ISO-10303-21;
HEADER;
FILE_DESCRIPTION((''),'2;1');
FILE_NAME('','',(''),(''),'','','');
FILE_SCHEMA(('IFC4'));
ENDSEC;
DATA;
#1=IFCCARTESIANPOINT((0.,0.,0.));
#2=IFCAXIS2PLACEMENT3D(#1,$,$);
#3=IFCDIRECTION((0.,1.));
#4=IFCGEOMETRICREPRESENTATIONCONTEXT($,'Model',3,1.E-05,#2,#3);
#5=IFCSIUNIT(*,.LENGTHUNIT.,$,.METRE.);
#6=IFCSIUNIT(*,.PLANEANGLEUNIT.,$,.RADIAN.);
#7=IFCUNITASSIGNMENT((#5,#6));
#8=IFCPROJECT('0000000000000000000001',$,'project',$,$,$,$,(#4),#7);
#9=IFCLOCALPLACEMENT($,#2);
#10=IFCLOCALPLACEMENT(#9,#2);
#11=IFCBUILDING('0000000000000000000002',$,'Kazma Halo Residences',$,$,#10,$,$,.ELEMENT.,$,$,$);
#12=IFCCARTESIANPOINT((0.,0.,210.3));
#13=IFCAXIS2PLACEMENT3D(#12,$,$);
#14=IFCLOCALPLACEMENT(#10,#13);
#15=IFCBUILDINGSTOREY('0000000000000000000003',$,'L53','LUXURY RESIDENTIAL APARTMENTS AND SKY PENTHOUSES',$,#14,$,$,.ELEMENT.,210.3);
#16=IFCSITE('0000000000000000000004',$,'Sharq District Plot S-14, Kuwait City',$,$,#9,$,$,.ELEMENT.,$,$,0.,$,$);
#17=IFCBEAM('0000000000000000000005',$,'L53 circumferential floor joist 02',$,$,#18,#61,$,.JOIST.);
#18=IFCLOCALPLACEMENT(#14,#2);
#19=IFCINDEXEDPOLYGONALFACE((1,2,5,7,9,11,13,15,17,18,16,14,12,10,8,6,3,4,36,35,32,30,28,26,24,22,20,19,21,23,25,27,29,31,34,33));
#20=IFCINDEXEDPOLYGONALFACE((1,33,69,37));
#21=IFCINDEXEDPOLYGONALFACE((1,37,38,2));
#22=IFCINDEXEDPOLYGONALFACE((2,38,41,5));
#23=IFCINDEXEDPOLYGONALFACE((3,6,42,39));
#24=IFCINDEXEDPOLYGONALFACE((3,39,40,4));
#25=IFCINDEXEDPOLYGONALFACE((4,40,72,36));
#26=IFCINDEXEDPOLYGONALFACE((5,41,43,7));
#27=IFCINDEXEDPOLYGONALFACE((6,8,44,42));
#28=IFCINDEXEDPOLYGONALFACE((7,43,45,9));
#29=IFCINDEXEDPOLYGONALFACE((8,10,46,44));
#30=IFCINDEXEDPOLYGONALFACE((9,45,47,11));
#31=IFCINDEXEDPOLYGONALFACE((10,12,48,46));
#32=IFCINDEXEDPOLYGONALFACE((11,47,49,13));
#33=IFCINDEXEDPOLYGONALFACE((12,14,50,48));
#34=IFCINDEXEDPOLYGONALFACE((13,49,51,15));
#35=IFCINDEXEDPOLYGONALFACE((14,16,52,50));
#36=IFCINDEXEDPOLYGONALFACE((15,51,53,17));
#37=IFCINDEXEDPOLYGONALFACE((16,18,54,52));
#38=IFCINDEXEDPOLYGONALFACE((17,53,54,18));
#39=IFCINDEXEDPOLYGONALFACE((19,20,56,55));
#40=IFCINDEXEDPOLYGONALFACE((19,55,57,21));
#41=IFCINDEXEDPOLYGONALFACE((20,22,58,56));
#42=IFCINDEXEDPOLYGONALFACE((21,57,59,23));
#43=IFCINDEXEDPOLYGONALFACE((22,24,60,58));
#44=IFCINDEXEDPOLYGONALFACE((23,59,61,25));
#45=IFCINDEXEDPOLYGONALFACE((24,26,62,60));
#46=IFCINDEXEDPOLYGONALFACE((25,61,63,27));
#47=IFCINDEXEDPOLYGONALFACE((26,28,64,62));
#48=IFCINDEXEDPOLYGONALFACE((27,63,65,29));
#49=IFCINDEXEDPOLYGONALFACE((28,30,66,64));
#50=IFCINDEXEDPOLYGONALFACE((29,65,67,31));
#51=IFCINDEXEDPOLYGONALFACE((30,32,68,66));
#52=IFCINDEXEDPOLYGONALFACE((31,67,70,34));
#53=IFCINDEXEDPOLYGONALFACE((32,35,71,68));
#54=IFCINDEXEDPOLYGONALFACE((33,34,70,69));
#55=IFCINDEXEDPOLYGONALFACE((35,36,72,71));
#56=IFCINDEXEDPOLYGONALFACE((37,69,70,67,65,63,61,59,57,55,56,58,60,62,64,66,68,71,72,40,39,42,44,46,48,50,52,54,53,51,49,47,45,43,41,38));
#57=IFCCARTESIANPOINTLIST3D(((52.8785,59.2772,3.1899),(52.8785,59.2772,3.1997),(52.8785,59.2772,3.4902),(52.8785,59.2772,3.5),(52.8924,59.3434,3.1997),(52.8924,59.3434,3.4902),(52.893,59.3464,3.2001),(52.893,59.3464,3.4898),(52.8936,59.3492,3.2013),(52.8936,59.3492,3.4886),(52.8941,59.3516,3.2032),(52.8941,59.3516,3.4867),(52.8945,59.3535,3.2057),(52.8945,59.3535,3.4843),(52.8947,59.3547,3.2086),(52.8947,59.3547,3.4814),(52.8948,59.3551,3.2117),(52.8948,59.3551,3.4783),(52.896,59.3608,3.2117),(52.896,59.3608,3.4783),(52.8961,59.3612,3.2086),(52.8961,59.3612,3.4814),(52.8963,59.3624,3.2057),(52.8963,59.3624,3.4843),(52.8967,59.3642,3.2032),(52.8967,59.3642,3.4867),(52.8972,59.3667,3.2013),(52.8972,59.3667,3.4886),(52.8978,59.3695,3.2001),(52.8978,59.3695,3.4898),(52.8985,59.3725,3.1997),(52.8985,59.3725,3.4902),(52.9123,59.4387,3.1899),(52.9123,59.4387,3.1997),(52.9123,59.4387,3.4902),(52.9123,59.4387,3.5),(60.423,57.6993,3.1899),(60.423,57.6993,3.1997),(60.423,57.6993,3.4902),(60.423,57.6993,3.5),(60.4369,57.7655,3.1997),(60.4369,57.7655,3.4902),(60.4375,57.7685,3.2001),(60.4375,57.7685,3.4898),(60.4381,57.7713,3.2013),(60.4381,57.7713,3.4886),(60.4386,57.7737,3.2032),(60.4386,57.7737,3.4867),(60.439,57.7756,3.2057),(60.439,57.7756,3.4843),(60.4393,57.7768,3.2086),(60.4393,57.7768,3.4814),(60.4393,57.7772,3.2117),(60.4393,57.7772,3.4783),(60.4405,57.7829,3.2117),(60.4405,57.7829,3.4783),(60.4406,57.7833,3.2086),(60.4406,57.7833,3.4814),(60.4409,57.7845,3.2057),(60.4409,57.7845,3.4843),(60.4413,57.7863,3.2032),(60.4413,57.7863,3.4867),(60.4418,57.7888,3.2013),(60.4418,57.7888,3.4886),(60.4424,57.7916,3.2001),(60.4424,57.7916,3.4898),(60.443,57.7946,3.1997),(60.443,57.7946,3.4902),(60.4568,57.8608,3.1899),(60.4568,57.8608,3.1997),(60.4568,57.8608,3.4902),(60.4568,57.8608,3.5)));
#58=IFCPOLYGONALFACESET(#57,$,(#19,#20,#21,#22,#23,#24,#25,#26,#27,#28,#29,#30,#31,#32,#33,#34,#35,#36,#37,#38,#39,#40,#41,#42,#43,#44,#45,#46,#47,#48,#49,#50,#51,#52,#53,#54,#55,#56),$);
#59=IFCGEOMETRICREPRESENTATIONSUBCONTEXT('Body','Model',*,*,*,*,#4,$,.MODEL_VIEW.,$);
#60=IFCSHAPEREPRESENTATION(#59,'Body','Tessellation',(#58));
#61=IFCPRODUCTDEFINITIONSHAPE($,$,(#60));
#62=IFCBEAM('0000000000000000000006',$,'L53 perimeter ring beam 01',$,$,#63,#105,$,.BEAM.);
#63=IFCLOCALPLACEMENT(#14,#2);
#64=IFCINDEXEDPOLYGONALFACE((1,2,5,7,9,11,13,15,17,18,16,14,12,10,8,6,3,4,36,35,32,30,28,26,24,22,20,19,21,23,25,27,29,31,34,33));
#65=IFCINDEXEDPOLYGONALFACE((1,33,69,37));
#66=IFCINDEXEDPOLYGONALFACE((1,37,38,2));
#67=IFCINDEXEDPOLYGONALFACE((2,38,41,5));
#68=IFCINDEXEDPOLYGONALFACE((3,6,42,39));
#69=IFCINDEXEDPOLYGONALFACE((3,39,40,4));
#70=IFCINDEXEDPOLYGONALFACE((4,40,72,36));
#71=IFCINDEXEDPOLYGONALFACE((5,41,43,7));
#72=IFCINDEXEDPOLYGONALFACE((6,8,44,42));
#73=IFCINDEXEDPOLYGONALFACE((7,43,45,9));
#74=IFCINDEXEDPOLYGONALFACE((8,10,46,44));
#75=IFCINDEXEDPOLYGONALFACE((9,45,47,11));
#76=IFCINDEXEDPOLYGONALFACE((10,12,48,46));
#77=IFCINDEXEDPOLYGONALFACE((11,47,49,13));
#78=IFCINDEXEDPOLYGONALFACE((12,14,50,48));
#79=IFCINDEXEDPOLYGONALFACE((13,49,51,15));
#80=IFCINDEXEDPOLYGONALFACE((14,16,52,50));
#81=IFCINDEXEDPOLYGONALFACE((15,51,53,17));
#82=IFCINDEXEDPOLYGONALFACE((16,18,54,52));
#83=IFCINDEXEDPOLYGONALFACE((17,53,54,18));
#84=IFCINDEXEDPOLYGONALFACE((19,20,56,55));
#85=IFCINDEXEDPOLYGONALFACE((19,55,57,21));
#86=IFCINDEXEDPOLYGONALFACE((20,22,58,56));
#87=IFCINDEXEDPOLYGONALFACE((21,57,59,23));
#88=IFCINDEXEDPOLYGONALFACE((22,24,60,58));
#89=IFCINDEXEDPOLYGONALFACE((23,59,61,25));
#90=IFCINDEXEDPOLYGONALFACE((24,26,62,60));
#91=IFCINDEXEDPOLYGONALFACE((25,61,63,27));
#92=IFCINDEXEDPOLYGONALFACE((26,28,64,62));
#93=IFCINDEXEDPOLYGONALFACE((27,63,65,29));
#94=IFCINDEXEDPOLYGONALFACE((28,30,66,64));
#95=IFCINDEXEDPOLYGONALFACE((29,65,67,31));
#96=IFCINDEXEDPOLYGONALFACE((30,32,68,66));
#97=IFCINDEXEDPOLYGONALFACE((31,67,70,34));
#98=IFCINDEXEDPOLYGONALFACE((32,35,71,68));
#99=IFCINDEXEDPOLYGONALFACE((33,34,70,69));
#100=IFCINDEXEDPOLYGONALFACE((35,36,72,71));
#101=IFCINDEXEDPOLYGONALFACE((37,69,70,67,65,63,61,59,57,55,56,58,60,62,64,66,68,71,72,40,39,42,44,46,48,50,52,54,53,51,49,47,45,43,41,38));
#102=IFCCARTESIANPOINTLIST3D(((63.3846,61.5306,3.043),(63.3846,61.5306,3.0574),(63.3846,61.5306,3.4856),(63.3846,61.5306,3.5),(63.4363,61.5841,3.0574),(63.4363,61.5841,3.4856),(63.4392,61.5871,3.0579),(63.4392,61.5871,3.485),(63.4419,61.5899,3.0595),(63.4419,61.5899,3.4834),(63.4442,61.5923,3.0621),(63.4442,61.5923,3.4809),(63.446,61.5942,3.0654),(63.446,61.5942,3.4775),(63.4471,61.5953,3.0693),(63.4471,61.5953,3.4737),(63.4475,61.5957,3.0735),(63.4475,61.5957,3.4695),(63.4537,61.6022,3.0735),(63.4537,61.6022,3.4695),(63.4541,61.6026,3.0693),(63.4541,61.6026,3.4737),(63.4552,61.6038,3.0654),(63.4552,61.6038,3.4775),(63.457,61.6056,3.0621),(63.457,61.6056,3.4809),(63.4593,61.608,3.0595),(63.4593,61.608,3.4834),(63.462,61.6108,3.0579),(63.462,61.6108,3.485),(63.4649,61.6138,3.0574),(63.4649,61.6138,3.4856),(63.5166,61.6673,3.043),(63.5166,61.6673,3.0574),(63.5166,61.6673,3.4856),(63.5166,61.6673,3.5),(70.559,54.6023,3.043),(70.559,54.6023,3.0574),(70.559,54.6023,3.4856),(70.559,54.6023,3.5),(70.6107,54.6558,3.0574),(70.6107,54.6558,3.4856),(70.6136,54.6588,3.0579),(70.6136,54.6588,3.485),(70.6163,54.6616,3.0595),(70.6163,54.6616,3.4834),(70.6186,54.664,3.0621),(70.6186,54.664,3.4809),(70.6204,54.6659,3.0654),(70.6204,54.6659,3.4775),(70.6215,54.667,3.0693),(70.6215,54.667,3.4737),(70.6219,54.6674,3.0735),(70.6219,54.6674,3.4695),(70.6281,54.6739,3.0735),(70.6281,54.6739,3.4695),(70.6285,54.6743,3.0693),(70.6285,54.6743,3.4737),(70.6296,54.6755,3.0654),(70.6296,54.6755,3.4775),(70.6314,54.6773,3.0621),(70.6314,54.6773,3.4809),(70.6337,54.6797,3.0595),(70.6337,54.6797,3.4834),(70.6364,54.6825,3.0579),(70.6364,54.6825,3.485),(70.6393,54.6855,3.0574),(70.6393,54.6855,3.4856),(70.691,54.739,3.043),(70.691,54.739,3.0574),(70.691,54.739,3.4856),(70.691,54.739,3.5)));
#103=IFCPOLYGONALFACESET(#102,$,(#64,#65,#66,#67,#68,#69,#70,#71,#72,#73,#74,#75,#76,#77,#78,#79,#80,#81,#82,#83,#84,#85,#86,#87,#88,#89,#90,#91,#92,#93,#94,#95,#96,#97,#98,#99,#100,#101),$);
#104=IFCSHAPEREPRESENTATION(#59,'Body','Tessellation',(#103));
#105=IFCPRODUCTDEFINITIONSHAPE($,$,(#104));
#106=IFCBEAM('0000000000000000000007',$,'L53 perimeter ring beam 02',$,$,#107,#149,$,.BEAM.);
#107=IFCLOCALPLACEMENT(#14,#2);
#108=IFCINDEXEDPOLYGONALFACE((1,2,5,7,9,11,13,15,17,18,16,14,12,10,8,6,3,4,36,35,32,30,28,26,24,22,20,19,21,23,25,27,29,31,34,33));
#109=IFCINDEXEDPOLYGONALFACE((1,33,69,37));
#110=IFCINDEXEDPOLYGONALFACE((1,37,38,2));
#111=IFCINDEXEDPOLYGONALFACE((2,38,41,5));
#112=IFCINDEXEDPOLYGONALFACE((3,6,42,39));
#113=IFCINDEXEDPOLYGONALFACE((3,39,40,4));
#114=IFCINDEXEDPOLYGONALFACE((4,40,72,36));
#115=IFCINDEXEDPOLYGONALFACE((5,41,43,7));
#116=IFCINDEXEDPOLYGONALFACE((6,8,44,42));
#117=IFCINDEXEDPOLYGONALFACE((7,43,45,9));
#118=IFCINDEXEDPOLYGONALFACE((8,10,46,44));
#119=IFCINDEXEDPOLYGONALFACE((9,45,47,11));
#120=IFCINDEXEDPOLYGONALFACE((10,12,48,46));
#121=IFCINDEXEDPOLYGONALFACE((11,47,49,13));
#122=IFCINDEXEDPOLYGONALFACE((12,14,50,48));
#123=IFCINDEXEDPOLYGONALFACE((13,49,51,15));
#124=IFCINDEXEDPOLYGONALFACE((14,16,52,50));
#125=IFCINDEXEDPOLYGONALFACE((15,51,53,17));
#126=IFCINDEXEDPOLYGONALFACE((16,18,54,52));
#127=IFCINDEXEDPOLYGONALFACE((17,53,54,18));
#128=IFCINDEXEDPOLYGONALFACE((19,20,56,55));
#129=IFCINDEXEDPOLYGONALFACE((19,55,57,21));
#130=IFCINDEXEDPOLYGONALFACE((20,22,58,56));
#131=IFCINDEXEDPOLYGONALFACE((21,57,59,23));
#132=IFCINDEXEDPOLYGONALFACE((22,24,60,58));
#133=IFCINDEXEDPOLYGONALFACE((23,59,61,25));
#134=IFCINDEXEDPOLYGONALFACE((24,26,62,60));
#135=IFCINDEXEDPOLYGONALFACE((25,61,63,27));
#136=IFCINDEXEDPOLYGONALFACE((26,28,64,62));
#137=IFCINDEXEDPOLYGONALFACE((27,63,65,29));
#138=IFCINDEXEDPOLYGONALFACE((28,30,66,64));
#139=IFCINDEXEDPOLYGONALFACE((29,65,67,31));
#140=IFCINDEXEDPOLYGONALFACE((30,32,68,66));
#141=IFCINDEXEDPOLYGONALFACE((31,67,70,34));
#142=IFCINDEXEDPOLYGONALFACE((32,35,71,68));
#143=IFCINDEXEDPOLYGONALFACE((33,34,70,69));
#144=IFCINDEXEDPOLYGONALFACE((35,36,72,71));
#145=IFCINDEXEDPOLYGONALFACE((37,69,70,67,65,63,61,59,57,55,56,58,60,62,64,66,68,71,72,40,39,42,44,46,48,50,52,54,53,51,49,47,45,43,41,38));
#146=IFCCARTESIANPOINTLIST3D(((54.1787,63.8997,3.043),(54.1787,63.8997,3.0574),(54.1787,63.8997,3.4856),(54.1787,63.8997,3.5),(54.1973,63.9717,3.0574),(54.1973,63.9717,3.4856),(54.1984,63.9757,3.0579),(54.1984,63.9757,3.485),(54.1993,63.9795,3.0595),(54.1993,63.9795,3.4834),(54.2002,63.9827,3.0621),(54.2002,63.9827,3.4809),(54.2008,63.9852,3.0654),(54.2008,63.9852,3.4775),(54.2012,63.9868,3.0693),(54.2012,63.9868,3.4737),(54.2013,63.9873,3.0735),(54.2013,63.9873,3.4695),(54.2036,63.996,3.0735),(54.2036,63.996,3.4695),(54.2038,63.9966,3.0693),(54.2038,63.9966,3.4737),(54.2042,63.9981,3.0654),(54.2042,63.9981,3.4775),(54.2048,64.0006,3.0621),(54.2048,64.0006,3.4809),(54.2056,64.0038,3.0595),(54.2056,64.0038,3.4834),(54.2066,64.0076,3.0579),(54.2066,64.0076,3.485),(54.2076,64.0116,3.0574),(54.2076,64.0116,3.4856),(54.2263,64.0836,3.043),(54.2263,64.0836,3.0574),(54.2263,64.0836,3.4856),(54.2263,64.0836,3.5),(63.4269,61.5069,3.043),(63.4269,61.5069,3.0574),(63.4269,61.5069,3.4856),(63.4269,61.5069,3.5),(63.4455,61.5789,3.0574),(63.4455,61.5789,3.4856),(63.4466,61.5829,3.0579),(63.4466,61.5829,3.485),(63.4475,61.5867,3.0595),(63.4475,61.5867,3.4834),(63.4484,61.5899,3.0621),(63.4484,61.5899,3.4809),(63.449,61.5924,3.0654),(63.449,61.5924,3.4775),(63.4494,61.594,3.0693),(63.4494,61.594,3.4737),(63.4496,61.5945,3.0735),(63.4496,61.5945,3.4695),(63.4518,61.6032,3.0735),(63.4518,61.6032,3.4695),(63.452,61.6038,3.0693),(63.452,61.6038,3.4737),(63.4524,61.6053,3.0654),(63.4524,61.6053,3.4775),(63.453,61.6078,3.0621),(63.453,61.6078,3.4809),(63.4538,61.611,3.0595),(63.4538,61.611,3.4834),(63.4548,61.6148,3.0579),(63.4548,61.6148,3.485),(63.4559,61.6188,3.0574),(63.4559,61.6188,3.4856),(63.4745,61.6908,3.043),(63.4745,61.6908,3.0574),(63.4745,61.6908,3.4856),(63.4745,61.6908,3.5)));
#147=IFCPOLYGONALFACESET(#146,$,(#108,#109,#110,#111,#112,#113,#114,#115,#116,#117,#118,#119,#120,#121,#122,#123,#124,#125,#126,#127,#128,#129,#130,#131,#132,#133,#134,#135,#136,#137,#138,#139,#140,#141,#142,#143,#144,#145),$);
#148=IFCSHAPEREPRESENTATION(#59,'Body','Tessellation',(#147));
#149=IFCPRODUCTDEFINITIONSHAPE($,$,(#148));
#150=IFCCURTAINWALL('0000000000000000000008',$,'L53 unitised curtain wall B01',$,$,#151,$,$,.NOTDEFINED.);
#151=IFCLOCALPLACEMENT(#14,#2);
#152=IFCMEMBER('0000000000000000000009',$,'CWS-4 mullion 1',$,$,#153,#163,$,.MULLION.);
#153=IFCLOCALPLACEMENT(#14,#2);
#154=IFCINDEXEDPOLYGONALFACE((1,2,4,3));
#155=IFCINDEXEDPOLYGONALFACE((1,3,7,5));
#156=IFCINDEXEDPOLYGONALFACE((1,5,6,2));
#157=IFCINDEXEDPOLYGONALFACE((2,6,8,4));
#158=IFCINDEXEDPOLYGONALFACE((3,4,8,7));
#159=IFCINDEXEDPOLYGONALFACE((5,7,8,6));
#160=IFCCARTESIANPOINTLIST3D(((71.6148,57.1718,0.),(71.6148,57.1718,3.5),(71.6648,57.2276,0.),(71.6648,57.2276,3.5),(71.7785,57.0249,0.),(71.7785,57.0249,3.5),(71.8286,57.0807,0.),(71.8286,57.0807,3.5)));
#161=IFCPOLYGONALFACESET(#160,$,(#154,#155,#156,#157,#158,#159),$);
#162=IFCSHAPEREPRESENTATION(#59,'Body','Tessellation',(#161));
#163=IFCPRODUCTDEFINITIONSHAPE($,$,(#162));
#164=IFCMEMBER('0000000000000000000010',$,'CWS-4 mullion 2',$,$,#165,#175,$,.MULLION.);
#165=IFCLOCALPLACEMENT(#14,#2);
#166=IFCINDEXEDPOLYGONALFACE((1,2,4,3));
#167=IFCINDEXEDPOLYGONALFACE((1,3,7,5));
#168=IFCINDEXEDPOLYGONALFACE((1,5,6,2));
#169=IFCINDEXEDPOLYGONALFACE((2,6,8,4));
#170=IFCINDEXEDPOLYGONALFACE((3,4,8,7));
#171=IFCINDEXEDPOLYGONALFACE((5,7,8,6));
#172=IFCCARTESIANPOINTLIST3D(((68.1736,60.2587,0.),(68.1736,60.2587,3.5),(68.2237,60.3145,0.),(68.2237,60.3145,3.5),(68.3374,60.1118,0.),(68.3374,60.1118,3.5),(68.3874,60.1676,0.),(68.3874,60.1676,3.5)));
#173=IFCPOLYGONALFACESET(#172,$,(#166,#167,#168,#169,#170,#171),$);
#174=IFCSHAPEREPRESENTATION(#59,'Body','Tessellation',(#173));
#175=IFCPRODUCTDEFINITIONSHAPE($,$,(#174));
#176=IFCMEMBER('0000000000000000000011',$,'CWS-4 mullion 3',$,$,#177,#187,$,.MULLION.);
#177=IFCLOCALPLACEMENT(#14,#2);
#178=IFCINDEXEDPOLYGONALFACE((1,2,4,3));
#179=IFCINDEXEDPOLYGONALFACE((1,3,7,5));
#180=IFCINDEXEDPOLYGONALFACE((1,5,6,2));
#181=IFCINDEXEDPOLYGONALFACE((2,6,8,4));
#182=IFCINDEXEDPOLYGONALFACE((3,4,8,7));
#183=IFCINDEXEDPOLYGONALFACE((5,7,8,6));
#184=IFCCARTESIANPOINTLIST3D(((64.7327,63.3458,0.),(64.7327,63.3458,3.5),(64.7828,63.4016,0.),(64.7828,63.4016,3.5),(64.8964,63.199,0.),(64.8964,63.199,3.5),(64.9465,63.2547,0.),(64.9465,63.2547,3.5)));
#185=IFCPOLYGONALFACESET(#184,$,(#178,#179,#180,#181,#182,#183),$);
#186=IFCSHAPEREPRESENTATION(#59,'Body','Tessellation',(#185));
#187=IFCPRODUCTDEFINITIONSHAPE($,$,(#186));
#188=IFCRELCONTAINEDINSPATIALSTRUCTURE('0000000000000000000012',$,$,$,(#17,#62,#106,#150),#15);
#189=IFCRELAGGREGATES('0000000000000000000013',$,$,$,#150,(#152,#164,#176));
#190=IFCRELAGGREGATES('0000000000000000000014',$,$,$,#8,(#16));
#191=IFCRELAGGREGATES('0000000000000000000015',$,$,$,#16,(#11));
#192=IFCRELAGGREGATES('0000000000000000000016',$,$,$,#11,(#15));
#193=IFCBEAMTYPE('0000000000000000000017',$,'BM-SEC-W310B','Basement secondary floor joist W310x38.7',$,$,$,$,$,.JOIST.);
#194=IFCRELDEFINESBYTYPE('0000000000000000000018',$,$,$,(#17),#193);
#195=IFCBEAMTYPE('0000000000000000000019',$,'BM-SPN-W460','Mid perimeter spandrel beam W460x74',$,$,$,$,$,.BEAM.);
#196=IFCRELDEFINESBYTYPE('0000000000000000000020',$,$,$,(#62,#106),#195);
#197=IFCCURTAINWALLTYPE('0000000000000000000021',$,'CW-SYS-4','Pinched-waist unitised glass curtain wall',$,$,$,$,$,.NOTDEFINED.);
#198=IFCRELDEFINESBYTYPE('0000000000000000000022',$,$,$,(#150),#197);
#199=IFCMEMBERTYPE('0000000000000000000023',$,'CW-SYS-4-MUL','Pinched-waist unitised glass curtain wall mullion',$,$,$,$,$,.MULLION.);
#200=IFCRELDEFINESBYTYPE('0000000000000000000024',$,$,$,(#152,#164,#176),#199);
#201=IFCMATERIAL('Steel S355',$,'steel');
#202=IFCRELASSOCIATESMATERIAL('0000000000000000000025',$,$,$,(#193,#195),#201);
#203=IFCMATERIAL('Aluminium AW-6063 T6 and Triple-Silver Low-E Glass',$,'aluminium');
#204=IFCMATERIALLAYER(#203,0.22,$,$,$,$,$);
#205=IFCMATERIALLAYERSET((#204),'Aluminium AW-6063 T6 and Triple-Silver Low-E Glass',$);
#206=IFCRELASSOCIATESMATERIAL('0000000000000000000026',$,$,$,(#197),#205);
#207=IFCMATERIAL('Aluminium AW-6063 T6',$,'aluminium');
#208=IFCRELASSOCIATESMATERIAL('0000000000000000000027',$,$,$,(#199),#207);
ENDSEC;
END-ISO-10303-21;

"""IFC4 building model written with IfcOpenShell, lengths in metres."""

from ifc_helpers import new_model, si_unit, direction, frame, origin, origin_2d, place, context, subcontext, project, spatial, rectangle, i_section, extrude, material, layer, layer_set, material_profile, profile_set, type_object, element, aggregate, save


model = new_model("IFC4")

# Units and contexts
model_context = context("Model", 3, precision=1e-05, world=origin(), true_north=direction((0.0, 1.0)))
body_context = subcontext(model_context, "Body", "Model", "MODEL_VIEW")
ifc_project = project(units=[si_unit("LENGTHUNIT", "METRE"), si_unit("PLANEANGLEUNIT", "RADIAN")], contexts=[model_context])

# Site, building, storey
site_placement = place(None, origin())
site = spatial("IfcSite", under=ifc_project, at=site_placement, Name="Sharq District Plot S-14, Kuwait City", CompositionType="ELEMENT", RefElevation=0.0)
building_placement = place(site_placement, origin())
building = spatial("IfcBuilding", under=site, at=building_placement, Name="Kazma Halo Residences", CompositionType="ELEMENT")
storey_placement = place(building_placement, frame((0.0, 0.0, 210.3)))
storey = spatial("IfcBuildingStorey", under=building, at=storey_placement, Name="L53", Description="LUXURY RESIDENTIAL APARTMENTS AND SKY PENTHOUSES", CompositionType="ELEMENT", Elevation=210.3)

# Beams
ifc_material_1 = material(Name="Steel S355", Category="steel")
ifc_material_profile_1 = material_profile(ifc_material_1, i_section(OverallWidth=0.165, OverallDepth=0.3101, WebThickness=0.0059, FlangeThickness=0.0098, FilletRadius=0.012, at=origin_2d()), Name="W310x38.7")
ifc_profile_set_1 = profile_set([ifc_material_profile_1], Name="Steel S355")
beam_type_1 = type_object("IfcBeamType", Name="BM-SEC-W310B", Description="Basement secondary floor joist W310x38.7", PredefinedType="JOIST", material=ifc_profile_set_1)
beam_1_placement = place(storey_placement, frame((60.4399, 57.78, 3.345), z_axis=(-0.978821, 0.204716, 0.0), x_axis=(-0.204716, -0.978821, 0.0)))
element("IfcBeam", 1, at=beam_1_placement, inside=storey, type_object=beam_type_1, Name="L53 circumferential floor joist 02", PredefinedType="JOIST", context=body_context, shape_type="SweptSolid", body=[
    extrude(i_section(OverallWidth=0.165, OverallDepth=0.3101, WebThickness=0.0059, FlangeThickness=0.0098, FilletRadius=0.012, at=origin_2d()), origin(), (0.0, 0.0, 1.0), 7.7078),
])
ifc_material_profile_2 = material_profile(ifc_material_1, i_section(OverallWidth=0.1899, OverallDepth=0.457, WebThickness=0.009, FlangeThickness=0.0144, FilletRadius=0.0161, at=origin_2d()), Name="W460x74")
ifc_profile_set_2 = profile_set([ifc_material_profile_2], Name="Steel S355")
beam_type_2 = type_object("IfcBeamType", Name="BM-SPN-W460", Description="Mid perimeter spandrel beam W460x74", PredefinedType="BEAM", material=ifc_profile_set_2)
beam_2_placement = place(storey_placement, frame((70.625, 54.6707, 3.2715), z_axis=(-0.719337, 0.694662, 0.0), x_axis=(-0.694662, -0.719337, 0.0)))
element("IfcBeam", 2, at=beam_2_placement, inside=storey, type_object=beam_type_2, Name="L53 perimeter ring beam 01", PredefinedType="BEAM", context=body_context, shape_type="SweptSolid", body=[
    extrude(i_section(OverallWidth=0.1899, OverallDepth=0.457, WebThickness=0.009, FlangeThickness=0.0144, FilletRadius=0.0161, at=origin_2d()), origin(), (0.0, 0.0, 1.0), 9.9736),
])
beam_3_placement = place(storey_placement, frame((63.4507, 61.5989, 3.2715), z_axis=(-0.968121, 0.250483, 0.0), x_axis=(-0.250483, -0.968121, 0.0)))
element("IfcBeam", 3, at=beam_3_placement, inside=storey, type_object=beam_type_2, Name="L53 perimeter ring beam 02", PredefinedType="BEAM", context=body_context, shape_type="SweptSolid", body=[
    extrude(i_section(OverallWidth=0.1899, OverallDepth=0.457, WebThickness=0.009, FlangeThickness=0.0144, FilletRadius=0.0161, at=origin_2d()), origin(), (0.0, 0.0, 1.0), 9.5527),
])

# Curtain wall, members
ifc_material_2 = material(Name="Aluminium AW-6063 T6 and Triple-Silver Low-E Glass", Category="aluminium")
ifc_layer_1 = layer(ifc_material_2, 0.22)
ifc_layer_set_1 = layer_set([ifc_layer_1], Name="Aluminium AW-6063 T6 and Triple-Silver Low-E Glass")
curtain_wall_type = type_object("IfcCurtainWallType", Name="CW-SYS-4", Description="Pinched-waist unitised glass curtain wall", PredefinedType="NOTDEFINED", material=ifc_layer_set_1)
curtain_wall_1_placement = place(storey_placement, origin())
curtain_wall_1 = element("IfcCurtainWall", 4, at=curtain_wall_1_placement, inside=storey, type_object=curtain_wall_type, Name="L53 unitised curtain wall B01", PredefinedType="NOTDEFINED")
ifc_material_3 = material(Name="Aluminium AW-6063 T6", Category="aluminium")
ifc_material_profile_3 = material_profile(ifc_material_3, rectangle(XDim=0.075, YDim=0.22, at=origin_2d()), Name="CWM-75x220")
ifc_profile_set_3 = profile_set([ifc_material_profile_3], Name="Aluminium AW-6063 T6")
member_type_1 = type_object("IfcMemberType", Name="CW-SYS-4-MUL", Description="Pinched-waist unitised glass curtain wall mullion", PredefinedType="MULLION", material=ifc_profile_set_3)
member_1_placement = place(storey_placement, frame((71.7217, 57.1262, 0.0), z_axis=(0.0, 0.0, 1.0), x_axis=(-0.667784, -0.744355, 0.0)))
member_1 = element("IfcMember", 5, at=member_1_placement, type_object=member_type_1, Name="CWS-4 mullion 1", PredefinedType="MULLION", context=body_context, shape_type="SweptSolid", body=[
    extrude(rectangle(XDim=0.075, YDim=0.22, at=origin_2d()), origin(), (0.0, 0.0, 1.0), 3.5),
])
member_2_placement = place(storey_placement, frame((68.2805, 60.2131, 0.0), z_axis=(0.0, 0.0, 1.0), x_axis=(-0.667784, -0.744355, 0.0)))
member_2 = element("IfcMember", 6, at=member_2_placement, type_object=member_type_1, Name="CWS-4 mullion 2", PredefinedType="MULLION", context=body_context, shape_type="SweptSolid", body=[
    extrude(rectangle(XDim=0.075, YDim=0.22, at=origin_2d()), origin(), (0.0, 0.0, 1.0), 3.5),
])
member_3_placement = place(storey_placement, frame((64.8396, 63.3003, 0.0), z_axis=(0.0, 0.0, 1.0), x_axis=(-0.667784, -0.744355, 0.0)))
member_3 = element("IfcMember", 7, at=member_3_placement, type_object=member_type_1, Name="CWS-4 mullion 3", PredefinedType="MULLION", context=body_context, shape_type="SweptSolid", body=[
    extrude(rectangle(XDim=0.075, YDim=0.22, at=origin_2d()), origin(), (0.0, 0.0, 1.0), 3.5),
])

aggregate(curtain_wall_1, [member_1, member_2, member_3])

save(model, "model.ifc")
